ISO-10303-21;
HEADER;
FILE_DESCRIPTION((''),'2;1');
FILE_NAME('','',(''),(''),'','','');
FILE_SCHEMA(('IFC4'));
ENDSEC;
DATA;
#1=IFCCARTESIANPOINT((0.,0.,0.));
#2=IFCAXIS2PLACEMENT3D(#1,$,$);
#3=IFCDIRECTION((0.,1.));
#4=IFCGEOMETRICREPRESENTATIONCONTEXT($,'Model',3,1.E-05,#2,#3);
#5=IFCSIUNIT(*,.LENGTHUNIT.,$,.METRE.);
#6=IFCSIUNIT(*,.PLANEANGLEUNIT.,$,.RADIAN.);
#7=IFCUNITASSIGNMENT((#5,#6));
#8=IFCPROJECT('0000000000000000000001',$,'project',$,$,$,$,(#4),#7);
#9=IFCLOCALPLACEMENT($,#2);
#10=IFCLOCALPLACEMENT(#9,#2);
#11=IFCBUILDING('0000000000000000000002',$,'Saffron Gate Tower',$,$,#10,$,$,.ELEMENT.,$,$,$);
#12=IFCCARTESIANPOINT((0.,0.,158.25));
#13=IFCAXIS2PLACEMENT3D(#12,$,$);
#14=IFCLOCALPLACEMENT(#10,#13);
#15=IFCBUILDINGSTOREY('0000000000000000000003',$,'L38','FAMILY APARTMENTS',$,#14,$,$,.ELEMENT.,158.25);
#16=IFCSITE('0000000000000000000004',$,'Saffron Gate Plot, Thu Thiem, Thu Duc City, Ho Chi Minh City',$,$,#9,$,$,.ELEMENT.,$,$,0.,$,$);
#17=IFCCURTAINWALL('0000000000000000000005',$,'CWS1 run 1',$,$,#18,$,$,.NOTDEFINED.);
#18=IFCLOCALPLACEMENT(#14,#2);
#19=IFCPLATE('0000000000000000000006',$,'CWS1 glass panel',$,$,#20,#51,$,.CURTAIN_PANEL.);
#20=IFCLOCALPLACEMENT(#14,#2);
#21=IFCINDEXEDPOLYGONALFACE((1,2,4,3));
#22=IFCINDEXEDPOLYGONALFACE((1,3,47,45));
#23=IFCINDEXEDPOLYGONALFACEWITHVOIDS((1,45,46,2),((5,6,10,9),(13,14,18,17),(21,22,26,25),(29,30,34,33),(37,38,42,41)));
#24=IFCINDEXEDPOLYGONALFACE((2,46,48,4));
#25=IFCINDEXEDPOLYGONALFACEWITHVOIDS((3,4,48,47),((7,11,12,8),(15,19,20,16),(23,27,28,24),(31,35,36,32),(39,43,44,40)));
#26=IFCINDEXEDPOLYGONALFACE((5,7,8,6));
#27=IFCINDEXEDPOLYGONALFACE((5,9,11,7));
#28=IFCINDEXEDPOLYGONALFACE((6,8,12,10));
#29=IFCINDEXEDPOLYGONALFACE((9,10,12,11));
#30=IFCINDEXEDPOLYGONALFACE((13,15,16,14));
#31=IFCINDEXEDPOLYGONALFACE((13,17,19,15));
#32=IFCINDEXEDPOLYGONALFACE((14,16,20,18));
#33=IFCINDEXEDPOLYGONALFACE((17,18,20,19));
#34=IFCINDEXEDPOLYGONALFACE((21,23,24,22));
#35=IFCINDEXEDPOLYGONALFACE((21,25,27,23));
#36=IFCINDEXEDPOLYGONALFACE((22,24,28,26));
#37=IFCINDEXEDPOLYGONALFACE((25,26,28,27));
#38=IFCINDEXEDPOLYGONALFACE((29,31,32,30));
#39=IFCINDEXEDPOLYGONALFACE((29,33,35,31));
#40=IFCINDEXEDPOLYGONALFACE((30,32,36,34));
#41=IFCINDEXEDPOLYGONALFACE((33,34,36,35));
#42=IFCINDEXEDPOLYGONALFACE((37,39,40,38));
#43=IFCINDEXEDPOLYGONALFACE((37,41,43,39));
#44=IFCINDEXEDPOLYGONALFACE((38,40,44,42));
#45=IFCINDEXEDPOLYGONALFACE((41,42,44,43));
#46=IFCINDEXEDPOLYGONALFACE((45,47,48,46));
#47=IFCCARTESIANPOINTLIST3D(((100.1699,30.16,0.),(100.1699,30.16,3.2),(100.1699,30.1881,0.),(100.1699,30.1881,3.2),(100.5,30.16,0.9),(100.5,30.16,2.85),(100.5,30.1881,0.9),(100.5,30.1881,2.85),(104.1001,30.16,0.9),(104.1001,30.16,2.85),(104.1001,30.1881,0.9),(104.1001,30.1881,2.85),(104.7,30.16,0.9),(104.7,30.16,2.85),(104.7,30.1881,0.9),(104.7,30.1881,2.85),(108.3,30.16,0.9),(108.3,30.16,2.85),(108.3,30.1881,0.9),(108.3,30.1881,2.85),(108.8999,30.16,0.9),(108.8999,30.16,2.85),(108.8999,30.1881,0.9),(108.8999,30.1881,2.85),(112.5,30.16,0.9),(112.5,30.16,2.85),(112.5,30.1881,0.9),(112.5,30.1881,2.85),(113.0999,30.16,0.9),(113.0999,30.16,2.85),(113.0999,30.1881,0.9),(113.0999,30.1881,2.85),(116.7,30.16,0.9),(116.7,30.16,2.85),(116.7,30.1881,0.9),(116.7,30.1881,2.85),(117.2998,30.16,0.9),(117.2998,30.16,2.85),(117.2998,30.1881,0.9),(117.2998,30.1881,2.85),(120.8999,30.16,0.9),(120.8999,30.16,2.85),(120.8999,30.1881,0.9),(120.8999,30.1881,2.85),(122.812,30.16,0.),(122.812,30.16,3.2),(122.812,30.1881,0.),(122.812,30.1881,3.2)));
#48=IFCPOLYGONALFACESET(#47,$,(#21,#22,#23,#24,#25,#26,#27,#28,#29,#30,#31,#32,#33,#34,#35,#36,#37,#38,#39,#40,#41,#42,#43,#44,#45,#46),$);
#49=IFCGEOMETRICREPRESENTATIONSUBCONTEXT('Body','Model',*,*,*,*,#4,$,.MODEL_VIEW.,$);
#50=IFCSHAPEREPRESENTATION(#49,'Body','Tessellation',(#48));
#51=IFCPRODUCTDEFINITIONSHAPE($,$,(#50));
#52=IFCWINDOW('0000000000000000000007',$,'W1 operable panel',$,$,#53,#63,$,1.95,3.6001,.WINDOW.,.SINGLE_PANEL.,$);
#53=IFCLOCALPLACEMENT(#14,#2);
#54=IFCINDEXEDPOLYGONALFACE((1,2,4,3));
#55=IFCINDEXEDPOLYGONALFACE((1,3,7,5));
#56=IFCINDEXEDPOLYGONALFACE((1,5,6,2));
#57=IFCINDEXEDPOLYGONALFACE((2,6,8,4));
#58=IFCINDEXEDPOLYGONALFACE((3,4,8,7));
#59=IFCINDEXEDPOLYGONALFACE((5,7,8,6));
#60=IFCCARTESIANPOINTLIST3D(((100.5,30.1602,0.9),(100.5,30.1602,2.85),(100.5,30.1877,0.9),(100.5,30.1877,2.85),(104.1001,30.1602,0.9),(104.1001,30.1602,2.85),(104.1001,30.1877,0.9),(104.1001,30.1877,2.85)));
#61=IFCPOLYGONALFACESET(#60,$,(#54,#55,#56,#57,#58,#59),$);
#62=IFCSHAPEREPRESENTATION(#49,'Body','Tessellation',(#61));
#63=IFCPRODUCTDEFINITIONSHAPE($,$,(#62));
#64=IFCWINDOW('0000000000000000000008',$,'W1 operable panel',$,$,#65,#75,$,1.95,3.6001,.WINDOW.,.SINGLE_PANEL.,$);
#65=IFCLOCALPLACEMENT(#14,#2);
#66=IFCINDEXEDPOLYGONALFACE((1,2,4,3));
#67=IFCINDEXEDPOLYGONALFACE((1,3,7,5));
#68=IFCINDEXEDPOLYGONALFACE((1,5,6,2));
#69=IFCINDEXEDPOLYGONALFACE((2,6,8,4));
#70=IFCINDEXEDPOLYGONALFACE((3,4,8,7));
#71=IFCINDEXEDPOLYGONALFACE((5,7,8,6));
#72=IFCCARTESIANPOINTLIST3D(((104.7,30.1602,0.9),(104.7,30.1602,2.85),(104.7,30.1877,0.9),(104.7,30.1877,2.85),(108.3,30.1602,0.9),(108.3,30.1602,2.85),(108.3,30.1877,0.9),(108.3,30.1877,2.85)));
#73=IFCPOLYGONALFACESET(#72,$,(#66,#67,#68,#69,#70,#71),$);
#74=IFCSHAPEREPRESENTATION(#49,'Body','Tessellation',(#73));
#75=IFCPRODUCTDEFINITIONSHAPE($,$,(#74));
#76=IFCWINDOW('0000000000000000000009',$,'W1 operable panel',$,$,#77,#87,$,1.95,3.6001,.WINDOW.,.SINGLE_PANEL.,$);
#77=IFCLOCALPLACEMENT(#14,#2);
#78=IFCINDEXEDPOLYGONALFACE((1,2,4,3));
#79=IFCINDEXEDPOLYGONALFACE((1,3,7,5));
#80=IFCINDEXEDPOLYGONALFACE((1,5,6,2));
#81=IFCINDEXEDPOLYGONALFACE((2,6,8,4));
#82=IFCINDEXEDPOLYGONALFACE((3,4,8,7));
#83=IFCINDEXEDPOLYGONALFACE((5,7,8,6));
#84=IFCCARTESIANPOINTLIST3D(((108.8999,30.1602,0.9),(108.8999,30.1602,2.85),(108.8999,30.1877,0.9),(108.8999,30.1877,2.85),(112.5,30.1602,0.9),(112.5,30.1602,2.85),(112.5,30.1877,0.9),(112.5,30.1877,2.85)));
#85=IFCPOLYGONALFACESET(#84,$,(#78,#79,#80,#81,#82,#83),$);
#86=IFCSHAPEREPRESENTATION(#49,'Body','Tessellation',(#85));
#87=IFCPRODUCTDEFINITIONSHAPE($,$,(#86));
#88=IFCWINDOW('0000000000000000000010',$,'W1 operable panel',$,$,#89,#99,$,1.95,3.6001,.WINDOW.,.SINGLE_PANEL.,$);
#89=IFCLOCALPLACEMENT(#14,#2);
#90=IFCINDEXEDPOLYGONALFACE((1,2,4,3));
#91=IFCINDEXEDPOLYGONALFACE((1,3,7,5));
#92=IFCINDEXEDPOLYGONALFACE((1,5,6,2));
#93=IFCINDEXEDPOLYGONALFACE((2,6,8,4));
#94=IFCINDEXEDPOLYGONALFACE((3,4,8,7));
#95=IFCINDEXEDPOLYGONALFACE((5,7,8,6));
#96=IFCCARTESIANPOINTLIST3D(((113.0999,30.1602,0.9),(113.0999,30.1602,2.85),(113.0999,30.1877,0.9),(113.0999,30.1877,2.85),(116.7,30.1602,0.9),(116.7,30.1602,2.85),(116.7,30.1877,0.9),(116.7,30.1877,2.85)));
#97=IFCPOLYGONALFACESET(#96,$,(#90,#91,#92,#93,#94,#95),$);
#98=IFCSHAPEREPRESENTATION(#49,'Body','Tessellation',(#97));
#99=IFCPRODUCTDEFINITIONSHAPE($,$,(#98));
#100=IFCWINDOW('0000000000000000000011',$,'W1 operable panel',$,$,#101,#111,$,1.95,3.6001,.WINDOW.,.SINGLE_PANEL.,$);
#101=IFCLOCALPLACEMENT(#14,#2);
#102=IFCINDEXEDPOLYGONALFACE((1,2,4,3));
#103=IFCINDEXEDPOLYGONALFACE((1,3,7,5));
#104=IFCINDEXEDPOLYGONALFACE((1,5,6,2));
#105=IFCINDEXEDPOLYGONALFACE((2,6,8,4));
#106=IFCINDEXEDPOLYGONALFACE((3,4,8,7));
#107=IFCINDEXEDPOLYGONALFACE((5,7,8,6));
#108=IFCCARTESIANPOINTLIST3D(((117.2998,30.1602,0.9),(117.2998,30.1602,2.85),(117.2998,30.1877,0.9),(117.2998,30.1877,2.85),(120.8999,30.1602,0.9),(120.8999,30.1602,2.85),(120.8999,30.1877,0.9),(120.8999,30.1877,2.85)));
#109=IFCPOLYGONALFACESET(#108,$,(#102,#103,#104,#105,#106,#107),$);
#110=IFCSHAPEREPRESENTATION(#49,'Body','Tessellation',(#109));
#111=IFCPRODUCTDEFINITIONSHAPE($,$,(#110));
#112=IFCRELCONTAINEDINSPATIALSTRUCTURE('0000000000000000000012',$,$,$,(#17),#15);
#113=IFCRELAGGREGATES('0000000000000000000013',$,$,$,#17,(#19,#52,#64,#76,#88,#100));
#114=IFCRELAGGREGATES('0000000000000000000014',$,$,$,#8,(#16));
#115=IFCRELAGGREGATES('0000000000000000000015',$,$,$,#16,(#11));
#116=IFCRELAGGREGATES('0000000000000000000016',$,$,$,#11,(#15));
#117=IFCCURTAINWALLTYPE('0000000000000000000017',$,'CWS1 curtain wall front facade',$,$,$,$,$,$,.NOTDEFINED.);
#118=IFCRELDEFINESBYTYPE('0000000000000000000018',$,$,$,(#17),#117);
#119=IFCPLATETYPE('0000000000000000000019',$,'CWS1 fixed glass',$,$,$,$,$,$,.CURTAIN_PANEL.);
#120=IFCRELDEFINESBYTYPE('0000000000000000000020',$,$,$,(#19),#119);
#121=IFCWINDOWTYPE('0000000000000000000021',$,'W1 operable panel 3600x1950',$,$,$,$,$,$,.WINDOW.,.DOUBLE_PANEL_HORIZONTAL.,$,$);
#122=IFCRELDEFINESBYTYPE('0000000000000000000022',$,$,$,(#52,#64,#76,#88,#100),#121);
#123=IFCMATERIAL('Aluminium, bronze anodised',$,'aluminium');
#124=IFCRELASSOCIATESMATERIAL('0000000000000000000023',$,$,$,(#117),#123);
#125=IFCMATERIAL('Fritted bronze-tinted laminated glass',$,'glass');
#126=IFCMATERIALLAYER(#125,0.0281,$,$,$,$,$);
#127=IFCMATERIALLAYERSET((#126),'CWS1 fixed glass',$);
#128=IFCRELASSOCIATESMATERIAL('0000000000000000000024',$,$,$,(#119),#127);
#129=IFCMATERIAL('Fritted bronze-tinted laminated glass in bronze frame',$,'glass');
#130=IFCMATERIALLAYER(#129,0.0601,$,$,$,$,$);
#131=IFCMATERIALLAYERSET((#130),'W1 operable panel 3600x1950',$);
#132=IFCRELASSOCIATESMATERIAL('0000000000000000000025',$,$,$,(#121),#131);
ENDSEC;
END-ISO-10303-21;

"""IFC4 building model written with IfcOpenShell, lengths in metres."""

from ifc_helpers import new_model, si_unit, direction, frame, frame_2d, origin, place, context, subcontext, project, spatial, rectangle, extrude, material, layer, layer_set, type_object, element, fill, aggregate, save


model = new_model("IFC4")

# Units and contexts
model_context = context("Model", 3, precision=1e-05, world=origin(), true_north=direction((0.0, 1.0)))
body_context = subcontext(model_context, "Body", "Model", "MODEL_VIEW")
ifc_project = project(units=[si_unit("LENGTHUNIT", "METRE"), si_unit("PLANEANGLEUNIT", "RADIAN")], contexts=[model_context])

# Site, building, storey
site_placement = place(None, origin())
site = spatial("IfcSite", under=ifc_project, at=site_placement, Name="Saffron Gate Plot, Thu Thiem, Thu Duc City, Ho Chi Minh City", CompositionType="ELEMENT", RefElevation=0.0)
building_placement = place(site_placement, origin())
building = spatial("IfcBuilding", under=site, at=building_placement, Name="Saffron Gate Tower", CompositionType="ELEMENT")
storey_placement = place(building_placement, frame((0.0, 0.0, 158.25)))
storey = spatial("IfcBuildingStorey", under=building, at=storey_placement, Name="L38", Description="FAMILY APARTMENTS", CompositionType="ELEMENT", Elevation=158.25)

# Curtain wall, plate, openings, windows
ifc_material_1 = material(Name="Aluminium, bronze anodised", Category="aluminium")
curtain_wall_type = type_object("IfcCurtainWallType", Name="CWS1 curtain wall front facade", PredefinedType="NOTDEFINED", material=ifc_material_1)
curtain_wall_placement = place(storey_placement, origin())
curtain_wall = element("IfcCurtainWall", 1, at=curtain_wall_placement, inside=storey, type_object=curtain_wall_type, Name="CWS1 run 1", PredefinedType="NOTDEFINED")
ifc_material_2 = material(Name="Fritted bronze-tinted laminated glass", Category="glass")
ifc_layer_1 = layer(ifc_material_2, 0.0281)
ifc_layer_set_1 = layer_set([ifc_layer_1], Name="CWS1 fixed glass")
plate_type = type_object("IfcPlateType", Name="CWS1 fixed glass", PredefinedType="CURTAIN_PANEL", material=ifc_layer_set_1)
plate_placement = place(storey_placement, frame((100.1699, 30.1741, 0.0), z_axis=(0.0, 0.0, 1.0), x_axis=(1.0, 0.0, 0.0)))
plate = element("IfcPlate", 2, at=plate_placement, type_object=plate_type, Name="CWS1 glass panel", PredefinedType="CURTAIN_PANEL", context=body_context, shape_type="SweptSolid", body=[
    extrude(rectangle(XDim=22.6421, YDim=0.0281, at=frame_2d((11.321, 0.0))), origin(), (0.0, 0.0, 1.0), 3.2),
])
opening_1_placement = place(plate_placement, frame((0.3301, 0.0, 0.8999)))
opening_1 = element("IfcOpeningElement", 3, at=opening_1_placement, cuts=plate, PredefinedType="OPENING", context=body_context, shape_type="SweptSolid", body=[
    extrude(rectangle(XDim=3.6001, YDim=1.95, at=frame_2d((1.8, 0.9751))), frame((0.0, 0.0239, 0.0), z_axis=(0.0, -1.0, 0.0), x_axis=(1.0, 0.0, 0.0)), (0.0, 0.0, 1.0), 0.0481),
])
opening_2_placement = place(plate_placement, frame((4.53, 0.0, 0.8999)))
opening_2 = element("IfcOpeningElement", 4, at=opening_2_placement, cuts=plate, PredefinedType="OPENING", context=body_context, shape_type="SweptSolid", body=[
    extrude(rectangle(XDim=3.6001, YDim=1.95, at=frame_2d((1.8, 0.9751))), frame((0.0, 0.0239, 0.0), z_axis=(0.0, -1.0, 0.0), x_axis=(1.0, 0.0, 0.0)), (0.0, 0.0, 1.0), 0.0481),
])
opening_3_placement = place(plate_placement, frame((8.73, 0.0, 0.8999)))
opening_3 = element("IfcOpeningElement", 5, at=opening_3_placement, cuts=plate, PredefinedType="OPENING", context=body_context, shape_type="SweptSolid", body=[
    extrude(rectangle(XDim=3.6001, YDim=1.95, at=frame_2d((1.8, 0.9751))), frame((0.0, 0.0239, 0.0), z_axis=(0.0, -1.0, 0.0), x_axis=(1.0, 0.0, 0.0)), (0.0, 0.0, 1.0), 0.0481),
])
opening_4_placement = place(plate_placement, frame((12.9299, 0.0, 0.8999)))
opening_4 = element("IfcOpeningElement", 6, at=opening_4_placement, cuts=plate, PredefinedType="OPENING", context=body_context, shape_type="SweptSolid", body=[
    extrude(rectangle(XDim=3.6001, YDim=1.95, at=frame_2d((1.8, 0.9751))), frame((0.0, 0.0239, 0.0), z_axis=(0.0, -1.0, 0.0), x_axis=(1.0, 0.0, 0.0)), (0.0, 0.0, 1.0), 0.0481),
])
opening_5_placement = place(plate_placement, frame((17.1299, 0.0, 0.8999)))
opening_5 = element("IfcOpeningElement", 7, at=opening_5_placement, cuts=plate, PredefinedType="OPENING", context=body_context, shape_type="SweptSolid", body=[
    extrude(rectangle(XDim=3.6001, YDim=1.95, at=frame_2d((1.8, 0.9751))), frame((0.0, 0.0239, 0.0), z_axis=(0.0, -1.0, 0.0), x_axis=(1.0, 0.0, 0.0)), (0.0, 0.0, 1.0), 0.0481),
])
ifc_material_3 = material(Name="Fritted bronze-tinted laminated glass in bronze frame", Category="glass")
ifc_layer_2 = layer(ifc_material_3, 0.0601)
ifc_layer_set_2 = layer_set([ifc_layer_2], Name="W1 operable panel 3600x1950")
window_type = type_object("IfcWindowType", Name="W1 operable panel 3600x1950", PartitioningType="DOUBLE_PANEL_HORIZONTAL", PredefinedType="WINDOW", material=ifc_layer_set_2)
window_1_placement = place(opening_1_placement, origin())
window_1 = element("IfcWindow", 8, at=window_1_placement, type_object=window_type, Name="W1 operable panel", OverallHeight=1.95, OverallWidth=3.6001, PartitioningType="SINGLE_PANEL", PredefinedType="WINDOW", context=body_context, shape_type="SweptSolid", body=[
    extrude(rectangle(XDim=3.6001, YDim=1.95, at=frame_2d((1.8, 0.9751))), frame((0.0, 0.0137, 0.0), z_axis=(0.0, -1.0, 0.0), x_axis=(1.0, 0.0, 0.0)), (0.0, 0.0, 1.0), 0.0276),
])
fill(opening_1, window_1)
window_2_placement = place(opening_2_placement, origin())
window_2 = element("IfcWindow", 9, at=window_2_placement, type_object=window_type, Name="W1 operable panel", OverallHeight=1.95, OverallWidth=3.6001, PartitioningType="SINGLE_PANEL", PredefinedType="WINDOW", context=body_context, shape_type="SweptSolid", body=[
    extrude(rectangle(XDim=3.6001, YDim=1.95, at=frame_2d((1.8, 0.9751))), frame((0.0, 0.0137, 0.0), z_axis=(0.0, -1.0, 0.0), x_axis=(1.0, 0.0, 0.0)), (0.0, 0.0, 1.0), 0.0276),
])
fill(opening_2, window_2)
window_3_placement = place(opening_3_placement, origin())
window_3 = element("IfcWindow", 10, at=window_3_placement, type_object=window_type, Name="W1 operable panel", OverallHeight=1.95, OverallWidth=3.6001, PartitioningType="SINGLE_PANEL", PredefinedType="WINDOW", context=body_context, shape_type="SweptSolid", body=[
    extrude(rectangle(XDim=3.6001, YDim=1.95, at=frame_2d((1.8, 0.9751))), frame((0.0, 0.0137, 0.0), z_axis=(0.0, -1.0, 0.0), x_axis=(1.0, 0.0, 0.0)), (0.0, 0.0, 1.0), 0.0276),
])
fill(opening_3, window_3)
window_4_placement = place(opening_4_placement, origin())
window_4 = element("IfcWindow", 11, at=window_4_placement, type_object=window_type, Name="W1 operable panel", OverallHeight=1.95, OverallWidth=3.6001, PartitioningType="SINGLE_PANEL", PredefinedType="WINDOW", context=body_context, shape_type="SweptSolid", body=[
    extrude(rectangle(XDim=3.6001, YDim=1.95, at=frame_2d((1.8, 0.9751))), frame((0.0, 0.0137, 0.0), z_axis=(0.0, -1.0, 0.0), x_axis=(1.0, 0.0, 0.0)), (0.0, 0.0, 1.0), 0.0276),
])
fill(opening_4, window_4)
window_5_placement = place(opening_5_placement, origin())
window_5 = element("IfcWindow", 12, at=window_5_placement, type_object=window_type, Name="W1 operable panel", OverallHeight=1.95, OverallWidth=3.6001, PartitioningType="SINGLE_PANEL", PredefinedType="WINDOW", context=body_context, shape_type="SweptSolid", body=[
    extrude(rectangle(XDim=3.6001, YDim=1.95, at=frame_2d((1.8, 0.9751))), frame((0.0, 0.0137, 0.0), z_axis=(0.0, -1.0, 0.0), x_axis=(1.0, 0.0, 0.0)), (0.0, 0.0, 1.0), 0.0276),
])
fill(opening_5, window_5)
aggregate(curtain_wall, [plate, window_1, window_2, window_3, window_4, window_5])

save(model, "model.ifc")
